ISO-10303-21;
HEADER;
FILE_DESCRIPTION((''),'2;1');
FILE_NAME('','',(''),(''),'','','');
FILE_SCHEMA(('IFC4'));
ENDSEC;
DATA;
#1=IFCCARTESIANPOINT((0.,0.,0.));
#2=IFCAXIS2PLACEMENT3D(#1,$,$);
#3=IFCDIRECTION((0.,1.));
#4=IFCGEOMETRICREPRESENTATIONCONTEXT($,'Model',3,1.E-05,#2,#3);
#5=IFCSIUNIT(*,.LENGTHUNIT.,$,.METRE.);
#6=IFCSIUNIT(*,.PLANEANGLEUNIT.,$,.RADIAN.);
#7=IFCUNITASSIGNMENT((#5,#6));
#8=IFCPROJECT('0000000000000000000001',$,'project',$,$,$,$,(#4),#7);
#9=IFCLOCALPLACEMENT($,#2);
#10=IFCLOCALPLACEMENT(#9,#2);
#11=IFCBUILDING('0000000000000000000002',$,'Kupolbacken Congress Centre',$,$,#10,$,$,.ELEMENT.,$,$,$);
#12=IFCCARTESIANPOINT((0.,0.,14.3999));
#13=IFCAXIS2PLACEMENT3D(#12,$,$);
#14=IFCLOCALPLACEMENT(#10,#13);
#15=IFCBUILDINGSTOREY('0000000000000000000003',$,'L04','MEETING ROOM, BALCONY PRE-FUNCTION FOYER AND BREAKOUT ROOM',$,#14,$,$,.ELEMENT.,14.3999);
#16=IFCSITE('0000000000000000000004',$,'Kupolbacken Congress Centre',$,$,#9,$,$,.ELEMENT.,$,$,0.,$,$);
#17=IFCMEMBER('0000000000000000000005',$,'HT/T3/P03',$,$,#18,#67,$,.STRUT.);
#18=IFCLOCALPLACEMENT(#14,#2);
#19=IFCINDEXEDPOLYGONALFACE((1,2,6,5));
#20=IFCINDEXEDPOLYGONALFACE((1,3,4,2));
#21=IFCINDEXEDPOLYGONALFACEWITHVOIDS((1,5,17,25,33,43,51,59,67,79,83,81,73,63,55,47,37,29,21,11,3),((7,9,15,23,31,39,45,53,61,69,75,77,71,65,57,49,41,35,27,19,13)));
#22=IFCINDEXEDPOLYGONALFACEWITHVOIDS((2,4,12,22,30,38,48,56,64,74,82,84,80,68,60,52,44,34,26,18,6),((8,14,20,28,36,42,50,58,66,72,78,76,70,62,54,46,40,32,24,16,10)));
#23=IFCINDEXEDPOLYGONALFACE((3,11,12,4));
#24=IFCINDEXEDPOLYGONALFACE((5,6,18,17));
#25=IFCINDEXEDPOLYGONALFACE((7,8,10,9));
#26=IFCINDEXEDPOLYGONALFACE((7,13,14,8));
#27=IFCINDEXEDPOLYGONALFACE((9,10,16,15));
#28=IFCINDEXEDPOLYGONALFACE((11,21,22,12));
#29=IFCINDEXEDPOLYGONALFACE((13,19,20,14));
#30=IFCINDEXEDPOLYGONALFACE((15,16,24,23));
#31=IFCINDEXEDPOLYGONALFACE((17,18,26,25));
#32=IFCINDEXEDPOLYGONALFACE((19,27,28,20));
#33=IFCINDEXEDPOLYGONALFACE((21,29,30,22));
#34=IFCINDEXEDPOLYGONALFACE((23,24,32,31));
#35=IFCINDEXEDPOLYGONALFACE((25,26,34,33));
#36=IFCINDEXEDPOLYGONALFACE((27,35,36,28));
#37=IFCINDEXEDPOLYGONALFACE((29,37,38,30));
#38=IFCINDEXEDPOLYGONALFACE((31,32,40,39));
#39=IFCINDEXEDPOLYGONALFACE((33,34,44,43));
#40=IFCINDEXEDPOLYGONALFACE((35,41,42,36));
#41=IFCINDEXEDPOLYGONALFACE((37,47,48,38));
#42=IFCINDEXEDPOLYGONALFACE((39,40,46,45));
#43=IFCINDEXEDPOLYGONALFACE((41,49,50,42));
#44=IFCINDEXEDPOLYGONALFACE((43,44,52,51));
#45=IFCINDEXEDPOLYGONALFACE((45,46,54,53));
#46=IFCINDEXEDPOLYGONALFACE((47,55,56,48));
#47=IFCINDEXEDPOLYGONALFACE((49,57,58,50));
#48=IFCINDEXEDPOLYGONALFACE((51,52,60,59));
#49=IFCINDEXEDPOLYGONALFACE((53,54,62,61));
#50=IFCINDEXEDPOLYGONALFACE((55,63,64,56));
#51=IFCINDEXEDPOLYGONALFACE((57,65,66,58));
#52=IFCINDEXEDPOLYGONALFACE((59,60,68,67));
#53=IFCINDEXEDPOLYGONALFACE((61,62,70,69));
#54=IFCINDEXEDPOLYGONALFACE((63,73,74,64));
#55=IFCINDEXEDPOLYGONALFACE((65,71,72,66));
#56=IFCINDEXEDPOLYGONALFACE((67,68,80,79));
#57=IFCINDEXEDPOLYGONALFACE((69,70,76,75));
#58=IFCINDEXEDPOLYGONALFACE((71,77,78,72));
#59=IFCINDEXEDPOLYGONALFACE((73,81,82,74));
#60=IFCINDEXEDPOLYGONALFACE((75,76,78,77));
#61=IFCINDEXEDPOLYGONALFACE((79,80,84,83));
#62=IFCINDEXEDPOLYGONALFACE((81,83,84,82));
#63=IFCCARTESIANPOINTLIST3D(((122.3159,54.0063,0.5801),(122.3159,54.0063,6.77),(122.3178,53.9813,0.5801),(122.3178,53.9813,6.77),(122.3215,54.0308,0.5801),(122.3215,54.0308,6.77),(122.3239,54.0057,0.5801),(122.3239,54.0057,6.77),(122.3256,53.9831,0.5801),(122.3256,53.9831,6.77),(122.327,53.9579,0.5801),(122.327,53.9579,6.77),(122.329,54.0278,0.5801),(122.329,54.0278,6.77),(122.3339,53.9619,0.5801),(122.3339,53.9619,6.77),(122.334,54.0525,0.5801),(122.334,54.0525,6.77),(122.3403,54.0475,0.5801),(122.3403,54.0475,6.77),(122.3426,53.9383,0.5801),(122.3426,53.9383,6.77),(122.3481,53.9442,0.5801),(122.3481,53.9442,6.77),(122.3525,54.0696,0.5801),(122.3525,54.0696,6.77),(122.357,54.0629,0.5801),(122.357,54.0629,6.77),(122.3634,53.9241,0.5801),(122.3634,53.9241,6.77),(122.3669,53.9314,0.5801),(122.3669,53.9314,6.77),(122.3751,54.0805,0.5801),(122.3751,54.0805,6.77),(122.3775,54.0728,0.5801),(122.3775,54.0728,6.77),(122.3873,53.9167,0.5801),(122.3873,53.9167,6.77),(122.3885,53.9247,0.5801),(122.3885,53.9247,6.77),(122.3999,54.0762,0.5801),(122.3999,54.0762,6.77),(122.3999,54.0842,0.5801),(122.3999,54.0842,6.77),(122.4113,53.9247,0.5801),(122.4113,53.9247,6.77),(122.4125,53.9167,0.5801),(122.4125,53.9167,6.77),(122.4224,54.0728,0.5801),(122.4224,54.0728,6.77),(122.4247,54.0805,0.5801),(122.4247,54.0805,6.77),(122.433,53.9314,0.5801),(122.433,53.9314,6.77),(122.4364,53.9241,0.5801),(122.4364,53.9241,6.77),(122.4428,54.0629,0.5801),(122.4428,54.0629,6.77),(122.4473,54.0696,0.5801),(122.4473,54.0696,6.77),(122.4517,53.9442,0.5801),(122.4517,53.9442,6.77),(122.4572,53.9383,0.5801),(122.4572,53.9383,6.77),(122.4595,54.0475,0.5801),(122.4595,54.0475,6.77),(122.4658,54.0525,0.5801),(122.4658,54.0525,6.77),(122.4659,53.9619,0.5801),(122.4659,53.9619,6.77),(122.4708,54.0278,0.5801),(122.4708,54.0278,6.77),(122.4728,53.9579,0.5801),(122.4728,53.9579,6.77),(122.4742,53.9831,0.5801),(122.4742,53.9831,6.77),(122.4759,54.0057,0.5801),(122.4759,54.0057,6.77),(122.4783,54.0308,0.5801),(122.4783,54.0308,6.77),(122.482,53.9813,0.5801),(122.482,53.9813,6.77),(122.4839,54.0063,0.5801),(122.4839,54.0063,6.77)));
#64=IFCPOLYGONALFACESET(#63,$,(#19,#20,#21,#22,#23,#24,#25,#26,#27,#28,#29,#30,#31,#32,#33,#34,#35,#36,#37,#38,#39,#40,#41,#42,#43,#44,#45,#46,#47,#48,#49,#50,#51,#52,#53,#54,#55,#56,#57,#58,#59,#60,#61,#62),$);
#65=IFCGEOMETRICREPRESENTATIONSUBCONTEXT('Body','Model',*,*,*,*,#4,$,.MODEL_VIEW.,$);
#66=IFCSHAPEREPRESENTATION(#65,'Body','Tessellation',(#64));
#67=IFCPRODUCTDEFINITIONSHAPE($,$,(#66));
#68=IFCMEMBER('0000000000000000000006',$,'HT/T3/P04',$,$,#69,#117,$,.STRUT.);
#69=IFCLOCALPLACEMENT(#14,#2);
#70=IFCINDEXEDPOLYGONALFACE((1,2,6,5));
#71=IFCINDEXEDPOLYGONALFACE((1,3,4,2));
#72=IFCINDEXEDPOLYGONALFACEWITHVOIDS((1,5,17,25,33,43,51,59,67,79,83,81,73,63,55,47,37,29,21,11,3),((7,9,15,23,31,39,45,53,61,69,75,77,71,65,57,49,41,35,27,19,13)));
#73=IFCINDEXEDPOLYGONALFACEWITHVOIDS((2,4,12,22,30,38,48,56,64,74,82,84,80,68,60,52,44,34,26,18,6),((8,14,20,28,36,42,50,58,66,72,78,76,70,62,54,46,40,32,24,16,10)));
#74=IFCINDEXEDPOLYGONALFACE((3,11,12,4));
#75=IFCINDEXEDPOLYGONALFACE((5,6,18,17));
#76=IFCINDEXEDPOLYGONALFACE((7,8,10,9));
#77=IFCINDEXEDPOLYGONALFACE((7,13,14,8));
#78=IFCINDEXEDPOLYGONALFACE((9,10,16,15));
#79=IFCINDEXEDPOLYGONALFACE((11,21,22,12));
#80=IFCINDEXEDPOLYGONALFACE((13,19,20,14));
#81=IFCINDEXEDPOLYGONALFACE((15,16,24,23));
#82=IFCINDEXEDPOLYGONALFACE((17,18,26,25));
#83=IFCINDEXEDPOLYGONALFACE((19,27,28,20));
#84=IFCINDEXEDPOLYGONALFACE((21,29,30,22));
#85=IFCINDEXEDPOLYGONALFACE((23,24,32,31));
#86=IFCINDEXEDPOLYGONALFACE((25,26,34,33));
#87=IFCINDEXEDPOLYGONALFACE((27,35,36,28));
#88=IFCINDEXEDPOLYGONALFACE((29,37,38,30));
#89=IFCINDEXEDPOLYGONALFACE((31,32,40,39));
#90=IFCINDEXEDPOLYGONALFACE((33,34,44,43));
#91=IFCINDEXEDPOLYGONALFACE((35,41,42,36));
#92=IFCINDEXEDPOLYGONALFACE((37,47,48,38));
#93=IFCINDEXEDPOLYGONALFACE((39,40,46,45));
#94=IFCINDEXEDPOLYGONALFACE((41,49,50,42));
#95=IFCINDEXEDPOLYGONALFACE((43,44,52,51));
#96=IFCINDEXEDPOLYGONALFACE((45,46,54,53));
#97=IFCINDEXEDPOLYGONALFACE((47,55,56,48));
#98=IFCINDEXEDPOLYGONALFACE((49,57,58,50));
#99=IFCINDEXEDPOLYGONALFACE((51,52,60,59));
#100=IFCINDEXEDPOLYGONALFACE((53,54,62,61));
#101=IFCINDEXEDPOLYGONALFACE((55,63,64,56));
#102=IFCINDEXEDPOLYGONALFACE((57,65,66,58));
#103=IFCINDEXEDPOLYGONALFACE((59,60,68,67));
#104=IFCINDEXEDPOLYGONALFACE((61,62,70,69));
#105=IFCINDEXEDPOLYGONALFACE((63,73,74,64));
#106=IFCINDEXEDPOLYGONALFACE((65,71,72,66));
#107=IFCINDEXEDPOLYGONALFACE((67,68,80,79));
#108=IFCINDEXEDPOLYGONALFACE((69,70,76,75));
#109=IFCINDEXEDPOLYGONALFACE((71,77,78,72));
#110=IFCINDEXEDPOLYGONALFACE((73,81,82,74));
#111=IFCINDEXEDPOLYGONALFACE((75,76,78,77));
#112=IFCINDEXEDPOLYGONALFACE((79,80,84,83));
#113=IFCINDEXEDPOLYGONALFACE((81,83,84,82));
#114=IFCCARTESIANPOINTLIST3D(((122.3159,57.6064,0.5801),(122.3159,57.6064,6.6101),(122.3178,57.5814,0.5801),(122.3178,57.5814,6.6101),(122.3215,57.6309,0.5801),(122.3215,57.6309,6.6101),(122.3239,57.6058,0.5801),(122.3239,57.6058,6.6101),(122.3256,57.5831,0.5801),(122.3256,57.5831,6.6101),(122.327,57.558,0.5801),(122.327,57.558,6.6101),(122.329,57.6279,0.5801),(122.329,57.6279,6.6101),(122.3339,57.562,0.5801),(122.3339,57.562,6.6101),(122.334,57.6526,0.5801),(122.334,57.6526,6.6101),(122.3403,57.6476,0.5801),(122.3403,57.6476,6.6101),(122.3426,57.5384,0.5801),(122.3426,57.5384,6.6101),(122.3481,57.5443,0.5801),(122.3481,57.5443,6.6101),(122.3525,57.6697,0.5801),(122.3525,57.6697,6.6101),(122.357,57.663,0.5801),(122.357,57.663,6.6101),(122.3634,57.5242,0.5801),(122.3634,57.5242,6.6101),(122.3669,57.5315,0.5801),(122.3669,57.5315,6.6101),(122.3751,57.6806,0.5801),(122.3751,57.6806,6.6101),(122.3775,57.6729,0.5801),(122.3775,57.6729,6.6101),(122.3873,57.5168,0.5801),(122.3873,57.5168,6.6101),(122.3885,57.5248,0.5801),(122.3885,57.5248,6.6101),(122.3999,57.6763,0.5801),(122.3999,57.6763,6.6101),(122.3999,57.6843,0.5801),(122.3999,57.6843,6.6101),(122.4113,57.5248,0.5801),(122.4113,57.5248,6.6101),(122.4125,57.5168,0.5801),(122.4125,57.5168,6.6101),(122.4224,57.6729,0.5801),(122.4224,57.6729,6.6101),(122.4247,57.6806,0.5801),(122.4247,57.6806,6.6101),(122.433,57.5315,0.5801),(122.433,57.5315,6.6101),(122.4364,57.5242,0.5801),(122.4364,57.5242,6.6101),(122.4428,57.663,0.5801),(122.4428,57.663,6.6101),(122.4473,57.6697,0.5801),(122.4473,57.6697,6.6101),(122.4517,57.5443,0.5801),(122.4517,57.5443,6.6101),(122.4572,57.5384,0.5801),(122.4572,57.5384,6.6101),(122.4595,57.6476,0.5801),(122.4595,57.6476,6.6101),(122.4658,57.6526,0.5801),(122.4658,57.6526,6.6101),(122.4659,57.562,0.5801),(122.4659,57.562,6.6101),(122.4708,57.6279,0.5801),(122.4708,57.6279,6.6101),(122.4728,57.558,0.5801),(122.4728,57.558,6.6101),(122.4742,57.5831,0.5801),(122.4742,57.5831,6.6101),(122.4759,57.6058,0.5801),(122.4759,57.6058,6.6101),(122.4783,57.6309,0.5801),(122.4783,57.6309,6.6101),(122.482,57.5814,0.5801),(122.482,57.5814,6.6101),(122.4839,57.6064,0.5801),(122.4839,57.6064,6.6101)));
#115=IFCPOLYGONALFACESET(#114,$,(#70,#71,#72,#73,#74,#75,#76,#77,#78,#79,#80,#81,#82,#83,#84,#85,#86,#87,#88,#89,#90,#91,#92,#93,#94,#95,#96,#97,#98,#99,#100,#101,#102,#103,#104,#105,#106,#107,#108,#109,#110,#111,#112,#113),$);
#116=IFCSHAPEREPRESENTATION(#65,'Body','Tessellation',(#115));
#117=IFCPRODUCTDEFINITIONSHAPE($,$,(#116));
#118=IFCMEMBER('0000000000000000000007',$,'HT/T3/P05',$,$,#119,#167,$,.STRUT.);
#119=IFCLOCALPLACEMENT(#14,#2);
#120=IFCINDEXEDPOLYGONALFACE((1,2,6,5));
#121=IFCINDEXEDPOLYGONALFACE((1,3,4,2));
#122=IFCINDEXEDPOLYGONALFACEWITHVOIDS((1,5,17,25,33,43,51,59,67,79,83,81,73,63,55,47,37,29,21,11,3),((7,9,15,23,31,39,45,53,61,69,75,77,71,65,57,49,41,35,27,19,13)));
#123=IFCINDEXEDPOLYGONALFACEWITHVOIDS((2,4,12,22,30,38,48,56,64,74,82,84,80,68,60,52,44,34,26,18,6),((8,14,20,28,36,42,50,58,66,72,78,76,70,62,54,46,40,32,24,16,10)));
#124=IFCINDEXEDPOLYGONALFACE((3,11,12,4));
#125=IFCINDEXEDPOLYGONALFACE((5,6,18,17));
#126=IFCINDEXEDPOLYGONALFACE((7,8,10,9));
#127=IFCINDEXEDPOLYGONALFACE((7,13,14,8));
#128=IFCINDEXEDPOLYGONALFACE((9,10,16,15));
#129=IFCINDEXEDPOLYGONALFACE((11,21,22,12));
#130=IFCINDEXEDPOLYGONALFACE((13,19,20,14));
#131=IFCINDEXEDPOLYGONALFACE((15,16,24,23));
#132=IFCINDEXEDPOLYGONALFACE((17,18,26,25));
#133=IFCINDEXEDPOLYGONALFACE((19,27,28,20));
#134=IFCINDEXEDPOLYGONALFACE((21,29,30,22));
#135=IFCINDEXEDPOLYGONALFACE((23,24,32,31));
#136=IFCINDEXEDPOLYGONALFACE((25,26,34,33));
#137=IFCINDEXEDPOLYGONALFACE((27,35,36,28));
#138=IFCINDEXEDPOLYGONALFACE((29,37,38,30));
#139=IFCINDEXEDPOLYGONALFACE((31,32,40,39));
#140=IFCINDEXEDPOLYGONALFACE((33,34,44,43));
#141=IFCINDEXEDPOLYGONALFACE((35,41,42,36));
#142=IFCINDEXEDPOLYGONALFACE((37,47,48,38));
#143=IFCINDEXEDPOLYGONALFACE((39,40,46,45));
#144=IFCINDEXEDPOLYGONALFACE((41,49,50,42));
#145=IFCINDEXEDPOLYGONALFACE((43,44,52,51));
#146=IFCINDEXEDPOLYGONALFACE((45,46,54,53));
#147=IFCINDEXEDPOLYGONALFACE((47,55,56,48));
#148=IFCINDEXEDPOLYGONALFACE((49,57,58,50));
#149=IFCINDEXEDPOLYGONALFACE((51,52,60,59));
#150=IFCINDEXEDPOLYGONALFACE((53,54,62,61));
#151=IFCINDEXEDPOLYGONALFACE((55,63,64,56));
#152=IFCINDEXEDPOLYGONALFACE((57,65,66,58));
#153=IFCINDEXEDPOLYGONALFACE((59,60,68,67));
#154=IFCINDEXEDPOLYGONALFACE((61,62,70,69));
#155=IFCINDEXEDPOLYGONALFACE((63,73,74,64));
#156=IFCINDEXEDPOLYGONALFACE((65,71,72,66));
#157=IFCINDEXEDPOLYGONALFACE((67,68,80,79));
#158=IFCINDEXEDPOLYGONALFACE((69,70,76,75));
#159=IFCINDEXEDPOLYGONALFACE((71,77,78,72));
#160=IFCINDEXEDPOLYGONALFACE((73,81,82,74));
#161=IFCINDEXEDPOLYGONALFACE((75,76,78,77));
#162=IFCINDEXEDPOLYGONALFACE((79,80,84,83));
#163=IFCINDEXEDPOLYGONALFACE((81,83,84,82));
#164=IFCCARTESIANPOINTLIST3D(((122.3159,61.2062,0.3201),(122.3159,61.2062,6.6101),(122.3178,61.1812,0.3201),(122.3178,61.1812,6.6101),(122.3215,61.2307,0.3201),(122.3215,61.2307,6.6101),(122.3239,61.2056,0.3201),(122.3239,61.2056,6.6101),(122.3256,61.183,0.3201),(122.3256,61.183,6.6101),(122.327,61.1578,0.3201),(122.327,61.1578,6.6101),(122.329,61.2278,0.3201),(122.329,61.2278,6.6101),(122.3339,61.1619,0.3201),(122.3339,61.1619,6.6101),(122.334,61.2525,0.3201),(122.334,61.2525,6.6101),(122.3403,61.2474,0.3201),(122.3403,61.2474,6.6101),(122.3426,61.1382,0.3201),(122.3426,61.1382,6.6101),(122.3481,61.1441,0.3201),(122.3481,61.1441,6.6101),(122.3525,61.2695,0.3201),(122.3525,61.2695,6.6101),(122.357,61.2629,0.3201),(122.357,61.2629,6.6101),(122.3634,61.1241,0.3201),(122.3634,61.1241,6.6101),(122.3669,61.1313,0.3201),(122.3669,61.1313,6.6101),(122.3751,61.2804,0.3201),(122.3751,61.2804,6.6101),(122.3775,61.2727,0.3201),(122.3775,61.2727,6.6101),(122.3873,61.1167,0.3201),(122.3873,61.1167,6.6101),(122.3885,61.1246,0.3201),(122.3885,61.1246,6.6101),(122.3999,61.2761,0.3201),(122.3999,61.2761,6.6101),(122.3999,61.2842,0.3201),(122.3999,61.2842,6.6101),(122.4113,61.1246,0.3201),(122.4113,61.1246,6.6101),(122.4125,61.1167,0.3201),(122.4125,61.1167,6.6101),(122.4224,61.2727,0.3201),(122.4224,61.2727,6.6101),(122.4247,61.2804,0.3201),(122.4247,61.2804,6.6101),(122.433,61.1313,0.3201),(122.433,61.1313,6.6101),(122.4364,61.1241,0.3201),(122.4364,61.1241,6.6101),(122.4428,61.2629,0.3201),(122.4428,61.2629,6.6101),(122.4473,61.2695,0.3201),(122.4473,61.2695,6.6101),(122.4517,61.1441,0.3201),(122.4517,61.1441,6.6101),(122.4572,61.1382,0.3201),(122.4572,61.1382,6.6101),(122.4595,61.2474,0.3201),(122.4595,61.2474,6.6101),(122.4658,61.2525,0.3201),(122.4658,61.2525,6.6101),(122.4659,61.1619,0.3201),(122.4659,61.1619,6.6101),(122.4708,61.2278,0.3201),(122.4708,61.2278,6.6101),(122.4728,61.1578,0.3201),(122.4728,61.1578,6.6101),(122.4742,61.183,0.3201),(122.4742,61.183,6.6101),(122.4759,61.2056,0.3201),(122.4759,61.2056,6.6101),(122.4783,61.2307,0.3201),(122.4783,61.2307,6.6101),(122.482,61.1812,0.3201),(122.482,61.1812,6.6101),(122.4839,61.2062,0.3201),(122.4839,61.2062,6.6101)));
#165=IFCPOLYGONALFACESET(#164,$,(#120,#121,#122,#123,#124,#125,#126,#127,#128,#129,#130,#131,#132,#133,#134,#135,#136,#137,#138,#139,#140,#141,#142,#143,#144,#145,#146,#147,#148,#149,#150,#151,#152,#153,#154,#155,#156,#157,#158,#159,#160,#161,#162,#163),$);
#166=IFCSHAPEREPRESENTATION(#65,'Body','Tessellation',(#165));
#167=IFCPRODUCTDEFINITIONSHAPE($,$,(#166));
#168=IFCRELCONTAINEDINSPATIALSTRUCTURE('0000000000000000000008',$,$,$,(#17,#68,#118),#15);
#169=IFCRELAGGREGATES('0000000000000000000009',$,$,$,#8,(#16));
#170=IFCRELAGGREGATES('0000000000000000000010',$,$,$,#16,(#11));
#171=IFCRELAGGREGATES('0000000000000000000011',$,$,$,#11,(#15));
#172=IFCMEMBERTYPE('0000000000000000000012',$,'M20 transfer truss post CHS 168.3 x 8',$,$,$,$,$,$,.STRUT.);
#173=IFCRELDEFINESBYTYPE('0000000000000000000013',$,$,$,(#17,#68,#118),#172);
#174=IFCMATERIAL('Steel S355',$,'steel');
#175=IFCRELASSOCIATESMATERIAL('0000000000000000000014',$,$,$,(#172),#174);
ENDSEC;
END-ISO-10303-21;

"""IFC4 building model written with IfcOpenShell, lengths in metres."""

from ifc_helpers import new_model, si_unit, direction, frame, origin, origin_2d, place, context, subcontext, project, spatial, hollow_circle, extrude, material, material_profile, profile_set, type_object, element, save


model = new_model("IFC4")

# Units and contexts
model_context = context("Model", 3, precision=1e-05, world=origin(), true_north=direction((0.0, 1.0)))
body_context = subcontext(model_context, "Body", "Model", "MODEL_VIEW")
ifc_project = project(units=[si_unit("LENGTHUNIT", "METRE"), si_unit("PLANEANGLEUNIT", "RADIAN")], contexts=[model_context])

# Site, building, storey
site_placement = place(None, origin())
site = spatial("IfcSite", under=ifc_project, at=site_placement, Name="Kupolbacken Congress Centre", CompositionType="ELEMENT", RefElevation=0.0)
building_placement = place(site_placement, origin())
building = spatial("IfcBuilding", under=site, at=building_placement, Name="Kupolbacken Congress Centre", CompositionType="ELEMENT")
storey_placement = place(building_placement, frame((0.0, 0.0, 14.3999)))
storey = spatial("IfcBuildingStorey", under=building, at=storey_placement, Name="L04", Description="MEETING ROOM, BALCONY PRE-FUNCTION FOYER AND BREAKOUT ROOM", CompositionType="ELEMENT", Elevation=14.3999)

# Members
ifc_material_1 = material(Name="Steel S355", Category="steel")
ifc_material_profile_1 = material_profile(ifc_material_1, hollow_circle(Radius=0.0842, WallThickness=0.0081, at=origin_2d()), Name="CHS 168.3 x 8")
ifc_profile_set_1 = profile_set([ifc_material_profile_1], Name="Steel S355")
member_type_1 = type_object("IfcMemberType", Name="M20 transfer truss post CHS 168.3 x 8", PredefinedType="STRUT", material=ifc_profile_set_1)
member_1_placement = place(storey_placement, frame((122.3999, 54.0, 0.5801), z_axis=(0.0, 0.0, 1.0), x_axis=(0.0, 1.0, 0.0)))
element("IfcMember", 1, at=member_1_placement, inside=storey, type_object=member_type_1, Name="HT/T3/P03", PredefinedType="STRUT", context=body_context, shape_type="SweptSolid", body=[
    extrude(hollow_circle(Radius=0.0842, WallThickness=0.0081, at=origin_2d()), origin(), (0.0, 0.0, 1.0), 6.1899),
])
member_2_placement = place(storey_placement, frame((122.3999, 57.6001, 0.5801), z_axis=(0.0, 0.0, 1.0), x_axis=(0.0, 1.0, 0.0)))
element("IfcMember", 2, at=member_2_placement, inside=storey, type_object=member_type_1, Name="HT/T3/P04", PredefinedType="STRUT", context=body_context, shape_type="SweptSolid", body=[
    extrude(hollow_circle(Radius=0.0842, WallThickness=0.0081, at=origin_2d()), origin(), (0.0, 0.0, 1.0), 6.03),
])
member_3_placement = place(storey_placement, frame((122.3999, 61.2, 0.3201), z_axis=(0.0, 0.0, 1.0), x_axis=(0.0, 1.0, 0.0)))
element("IfcMember", 3, at=member_3_placement, inside=storey, type_object=member_type_1, Name="HT/T3/P05", PredefinedType="STRUT", context=body_context, shape_type="SweptSolid", body=[
    extrude(hollow_circle(Radius=0.0842, WallThickness=0.0081, at=origin_2d()), origin(), (0.0, 0.0, 1.0), 6.29),
])

save(model, "model.ifc")
